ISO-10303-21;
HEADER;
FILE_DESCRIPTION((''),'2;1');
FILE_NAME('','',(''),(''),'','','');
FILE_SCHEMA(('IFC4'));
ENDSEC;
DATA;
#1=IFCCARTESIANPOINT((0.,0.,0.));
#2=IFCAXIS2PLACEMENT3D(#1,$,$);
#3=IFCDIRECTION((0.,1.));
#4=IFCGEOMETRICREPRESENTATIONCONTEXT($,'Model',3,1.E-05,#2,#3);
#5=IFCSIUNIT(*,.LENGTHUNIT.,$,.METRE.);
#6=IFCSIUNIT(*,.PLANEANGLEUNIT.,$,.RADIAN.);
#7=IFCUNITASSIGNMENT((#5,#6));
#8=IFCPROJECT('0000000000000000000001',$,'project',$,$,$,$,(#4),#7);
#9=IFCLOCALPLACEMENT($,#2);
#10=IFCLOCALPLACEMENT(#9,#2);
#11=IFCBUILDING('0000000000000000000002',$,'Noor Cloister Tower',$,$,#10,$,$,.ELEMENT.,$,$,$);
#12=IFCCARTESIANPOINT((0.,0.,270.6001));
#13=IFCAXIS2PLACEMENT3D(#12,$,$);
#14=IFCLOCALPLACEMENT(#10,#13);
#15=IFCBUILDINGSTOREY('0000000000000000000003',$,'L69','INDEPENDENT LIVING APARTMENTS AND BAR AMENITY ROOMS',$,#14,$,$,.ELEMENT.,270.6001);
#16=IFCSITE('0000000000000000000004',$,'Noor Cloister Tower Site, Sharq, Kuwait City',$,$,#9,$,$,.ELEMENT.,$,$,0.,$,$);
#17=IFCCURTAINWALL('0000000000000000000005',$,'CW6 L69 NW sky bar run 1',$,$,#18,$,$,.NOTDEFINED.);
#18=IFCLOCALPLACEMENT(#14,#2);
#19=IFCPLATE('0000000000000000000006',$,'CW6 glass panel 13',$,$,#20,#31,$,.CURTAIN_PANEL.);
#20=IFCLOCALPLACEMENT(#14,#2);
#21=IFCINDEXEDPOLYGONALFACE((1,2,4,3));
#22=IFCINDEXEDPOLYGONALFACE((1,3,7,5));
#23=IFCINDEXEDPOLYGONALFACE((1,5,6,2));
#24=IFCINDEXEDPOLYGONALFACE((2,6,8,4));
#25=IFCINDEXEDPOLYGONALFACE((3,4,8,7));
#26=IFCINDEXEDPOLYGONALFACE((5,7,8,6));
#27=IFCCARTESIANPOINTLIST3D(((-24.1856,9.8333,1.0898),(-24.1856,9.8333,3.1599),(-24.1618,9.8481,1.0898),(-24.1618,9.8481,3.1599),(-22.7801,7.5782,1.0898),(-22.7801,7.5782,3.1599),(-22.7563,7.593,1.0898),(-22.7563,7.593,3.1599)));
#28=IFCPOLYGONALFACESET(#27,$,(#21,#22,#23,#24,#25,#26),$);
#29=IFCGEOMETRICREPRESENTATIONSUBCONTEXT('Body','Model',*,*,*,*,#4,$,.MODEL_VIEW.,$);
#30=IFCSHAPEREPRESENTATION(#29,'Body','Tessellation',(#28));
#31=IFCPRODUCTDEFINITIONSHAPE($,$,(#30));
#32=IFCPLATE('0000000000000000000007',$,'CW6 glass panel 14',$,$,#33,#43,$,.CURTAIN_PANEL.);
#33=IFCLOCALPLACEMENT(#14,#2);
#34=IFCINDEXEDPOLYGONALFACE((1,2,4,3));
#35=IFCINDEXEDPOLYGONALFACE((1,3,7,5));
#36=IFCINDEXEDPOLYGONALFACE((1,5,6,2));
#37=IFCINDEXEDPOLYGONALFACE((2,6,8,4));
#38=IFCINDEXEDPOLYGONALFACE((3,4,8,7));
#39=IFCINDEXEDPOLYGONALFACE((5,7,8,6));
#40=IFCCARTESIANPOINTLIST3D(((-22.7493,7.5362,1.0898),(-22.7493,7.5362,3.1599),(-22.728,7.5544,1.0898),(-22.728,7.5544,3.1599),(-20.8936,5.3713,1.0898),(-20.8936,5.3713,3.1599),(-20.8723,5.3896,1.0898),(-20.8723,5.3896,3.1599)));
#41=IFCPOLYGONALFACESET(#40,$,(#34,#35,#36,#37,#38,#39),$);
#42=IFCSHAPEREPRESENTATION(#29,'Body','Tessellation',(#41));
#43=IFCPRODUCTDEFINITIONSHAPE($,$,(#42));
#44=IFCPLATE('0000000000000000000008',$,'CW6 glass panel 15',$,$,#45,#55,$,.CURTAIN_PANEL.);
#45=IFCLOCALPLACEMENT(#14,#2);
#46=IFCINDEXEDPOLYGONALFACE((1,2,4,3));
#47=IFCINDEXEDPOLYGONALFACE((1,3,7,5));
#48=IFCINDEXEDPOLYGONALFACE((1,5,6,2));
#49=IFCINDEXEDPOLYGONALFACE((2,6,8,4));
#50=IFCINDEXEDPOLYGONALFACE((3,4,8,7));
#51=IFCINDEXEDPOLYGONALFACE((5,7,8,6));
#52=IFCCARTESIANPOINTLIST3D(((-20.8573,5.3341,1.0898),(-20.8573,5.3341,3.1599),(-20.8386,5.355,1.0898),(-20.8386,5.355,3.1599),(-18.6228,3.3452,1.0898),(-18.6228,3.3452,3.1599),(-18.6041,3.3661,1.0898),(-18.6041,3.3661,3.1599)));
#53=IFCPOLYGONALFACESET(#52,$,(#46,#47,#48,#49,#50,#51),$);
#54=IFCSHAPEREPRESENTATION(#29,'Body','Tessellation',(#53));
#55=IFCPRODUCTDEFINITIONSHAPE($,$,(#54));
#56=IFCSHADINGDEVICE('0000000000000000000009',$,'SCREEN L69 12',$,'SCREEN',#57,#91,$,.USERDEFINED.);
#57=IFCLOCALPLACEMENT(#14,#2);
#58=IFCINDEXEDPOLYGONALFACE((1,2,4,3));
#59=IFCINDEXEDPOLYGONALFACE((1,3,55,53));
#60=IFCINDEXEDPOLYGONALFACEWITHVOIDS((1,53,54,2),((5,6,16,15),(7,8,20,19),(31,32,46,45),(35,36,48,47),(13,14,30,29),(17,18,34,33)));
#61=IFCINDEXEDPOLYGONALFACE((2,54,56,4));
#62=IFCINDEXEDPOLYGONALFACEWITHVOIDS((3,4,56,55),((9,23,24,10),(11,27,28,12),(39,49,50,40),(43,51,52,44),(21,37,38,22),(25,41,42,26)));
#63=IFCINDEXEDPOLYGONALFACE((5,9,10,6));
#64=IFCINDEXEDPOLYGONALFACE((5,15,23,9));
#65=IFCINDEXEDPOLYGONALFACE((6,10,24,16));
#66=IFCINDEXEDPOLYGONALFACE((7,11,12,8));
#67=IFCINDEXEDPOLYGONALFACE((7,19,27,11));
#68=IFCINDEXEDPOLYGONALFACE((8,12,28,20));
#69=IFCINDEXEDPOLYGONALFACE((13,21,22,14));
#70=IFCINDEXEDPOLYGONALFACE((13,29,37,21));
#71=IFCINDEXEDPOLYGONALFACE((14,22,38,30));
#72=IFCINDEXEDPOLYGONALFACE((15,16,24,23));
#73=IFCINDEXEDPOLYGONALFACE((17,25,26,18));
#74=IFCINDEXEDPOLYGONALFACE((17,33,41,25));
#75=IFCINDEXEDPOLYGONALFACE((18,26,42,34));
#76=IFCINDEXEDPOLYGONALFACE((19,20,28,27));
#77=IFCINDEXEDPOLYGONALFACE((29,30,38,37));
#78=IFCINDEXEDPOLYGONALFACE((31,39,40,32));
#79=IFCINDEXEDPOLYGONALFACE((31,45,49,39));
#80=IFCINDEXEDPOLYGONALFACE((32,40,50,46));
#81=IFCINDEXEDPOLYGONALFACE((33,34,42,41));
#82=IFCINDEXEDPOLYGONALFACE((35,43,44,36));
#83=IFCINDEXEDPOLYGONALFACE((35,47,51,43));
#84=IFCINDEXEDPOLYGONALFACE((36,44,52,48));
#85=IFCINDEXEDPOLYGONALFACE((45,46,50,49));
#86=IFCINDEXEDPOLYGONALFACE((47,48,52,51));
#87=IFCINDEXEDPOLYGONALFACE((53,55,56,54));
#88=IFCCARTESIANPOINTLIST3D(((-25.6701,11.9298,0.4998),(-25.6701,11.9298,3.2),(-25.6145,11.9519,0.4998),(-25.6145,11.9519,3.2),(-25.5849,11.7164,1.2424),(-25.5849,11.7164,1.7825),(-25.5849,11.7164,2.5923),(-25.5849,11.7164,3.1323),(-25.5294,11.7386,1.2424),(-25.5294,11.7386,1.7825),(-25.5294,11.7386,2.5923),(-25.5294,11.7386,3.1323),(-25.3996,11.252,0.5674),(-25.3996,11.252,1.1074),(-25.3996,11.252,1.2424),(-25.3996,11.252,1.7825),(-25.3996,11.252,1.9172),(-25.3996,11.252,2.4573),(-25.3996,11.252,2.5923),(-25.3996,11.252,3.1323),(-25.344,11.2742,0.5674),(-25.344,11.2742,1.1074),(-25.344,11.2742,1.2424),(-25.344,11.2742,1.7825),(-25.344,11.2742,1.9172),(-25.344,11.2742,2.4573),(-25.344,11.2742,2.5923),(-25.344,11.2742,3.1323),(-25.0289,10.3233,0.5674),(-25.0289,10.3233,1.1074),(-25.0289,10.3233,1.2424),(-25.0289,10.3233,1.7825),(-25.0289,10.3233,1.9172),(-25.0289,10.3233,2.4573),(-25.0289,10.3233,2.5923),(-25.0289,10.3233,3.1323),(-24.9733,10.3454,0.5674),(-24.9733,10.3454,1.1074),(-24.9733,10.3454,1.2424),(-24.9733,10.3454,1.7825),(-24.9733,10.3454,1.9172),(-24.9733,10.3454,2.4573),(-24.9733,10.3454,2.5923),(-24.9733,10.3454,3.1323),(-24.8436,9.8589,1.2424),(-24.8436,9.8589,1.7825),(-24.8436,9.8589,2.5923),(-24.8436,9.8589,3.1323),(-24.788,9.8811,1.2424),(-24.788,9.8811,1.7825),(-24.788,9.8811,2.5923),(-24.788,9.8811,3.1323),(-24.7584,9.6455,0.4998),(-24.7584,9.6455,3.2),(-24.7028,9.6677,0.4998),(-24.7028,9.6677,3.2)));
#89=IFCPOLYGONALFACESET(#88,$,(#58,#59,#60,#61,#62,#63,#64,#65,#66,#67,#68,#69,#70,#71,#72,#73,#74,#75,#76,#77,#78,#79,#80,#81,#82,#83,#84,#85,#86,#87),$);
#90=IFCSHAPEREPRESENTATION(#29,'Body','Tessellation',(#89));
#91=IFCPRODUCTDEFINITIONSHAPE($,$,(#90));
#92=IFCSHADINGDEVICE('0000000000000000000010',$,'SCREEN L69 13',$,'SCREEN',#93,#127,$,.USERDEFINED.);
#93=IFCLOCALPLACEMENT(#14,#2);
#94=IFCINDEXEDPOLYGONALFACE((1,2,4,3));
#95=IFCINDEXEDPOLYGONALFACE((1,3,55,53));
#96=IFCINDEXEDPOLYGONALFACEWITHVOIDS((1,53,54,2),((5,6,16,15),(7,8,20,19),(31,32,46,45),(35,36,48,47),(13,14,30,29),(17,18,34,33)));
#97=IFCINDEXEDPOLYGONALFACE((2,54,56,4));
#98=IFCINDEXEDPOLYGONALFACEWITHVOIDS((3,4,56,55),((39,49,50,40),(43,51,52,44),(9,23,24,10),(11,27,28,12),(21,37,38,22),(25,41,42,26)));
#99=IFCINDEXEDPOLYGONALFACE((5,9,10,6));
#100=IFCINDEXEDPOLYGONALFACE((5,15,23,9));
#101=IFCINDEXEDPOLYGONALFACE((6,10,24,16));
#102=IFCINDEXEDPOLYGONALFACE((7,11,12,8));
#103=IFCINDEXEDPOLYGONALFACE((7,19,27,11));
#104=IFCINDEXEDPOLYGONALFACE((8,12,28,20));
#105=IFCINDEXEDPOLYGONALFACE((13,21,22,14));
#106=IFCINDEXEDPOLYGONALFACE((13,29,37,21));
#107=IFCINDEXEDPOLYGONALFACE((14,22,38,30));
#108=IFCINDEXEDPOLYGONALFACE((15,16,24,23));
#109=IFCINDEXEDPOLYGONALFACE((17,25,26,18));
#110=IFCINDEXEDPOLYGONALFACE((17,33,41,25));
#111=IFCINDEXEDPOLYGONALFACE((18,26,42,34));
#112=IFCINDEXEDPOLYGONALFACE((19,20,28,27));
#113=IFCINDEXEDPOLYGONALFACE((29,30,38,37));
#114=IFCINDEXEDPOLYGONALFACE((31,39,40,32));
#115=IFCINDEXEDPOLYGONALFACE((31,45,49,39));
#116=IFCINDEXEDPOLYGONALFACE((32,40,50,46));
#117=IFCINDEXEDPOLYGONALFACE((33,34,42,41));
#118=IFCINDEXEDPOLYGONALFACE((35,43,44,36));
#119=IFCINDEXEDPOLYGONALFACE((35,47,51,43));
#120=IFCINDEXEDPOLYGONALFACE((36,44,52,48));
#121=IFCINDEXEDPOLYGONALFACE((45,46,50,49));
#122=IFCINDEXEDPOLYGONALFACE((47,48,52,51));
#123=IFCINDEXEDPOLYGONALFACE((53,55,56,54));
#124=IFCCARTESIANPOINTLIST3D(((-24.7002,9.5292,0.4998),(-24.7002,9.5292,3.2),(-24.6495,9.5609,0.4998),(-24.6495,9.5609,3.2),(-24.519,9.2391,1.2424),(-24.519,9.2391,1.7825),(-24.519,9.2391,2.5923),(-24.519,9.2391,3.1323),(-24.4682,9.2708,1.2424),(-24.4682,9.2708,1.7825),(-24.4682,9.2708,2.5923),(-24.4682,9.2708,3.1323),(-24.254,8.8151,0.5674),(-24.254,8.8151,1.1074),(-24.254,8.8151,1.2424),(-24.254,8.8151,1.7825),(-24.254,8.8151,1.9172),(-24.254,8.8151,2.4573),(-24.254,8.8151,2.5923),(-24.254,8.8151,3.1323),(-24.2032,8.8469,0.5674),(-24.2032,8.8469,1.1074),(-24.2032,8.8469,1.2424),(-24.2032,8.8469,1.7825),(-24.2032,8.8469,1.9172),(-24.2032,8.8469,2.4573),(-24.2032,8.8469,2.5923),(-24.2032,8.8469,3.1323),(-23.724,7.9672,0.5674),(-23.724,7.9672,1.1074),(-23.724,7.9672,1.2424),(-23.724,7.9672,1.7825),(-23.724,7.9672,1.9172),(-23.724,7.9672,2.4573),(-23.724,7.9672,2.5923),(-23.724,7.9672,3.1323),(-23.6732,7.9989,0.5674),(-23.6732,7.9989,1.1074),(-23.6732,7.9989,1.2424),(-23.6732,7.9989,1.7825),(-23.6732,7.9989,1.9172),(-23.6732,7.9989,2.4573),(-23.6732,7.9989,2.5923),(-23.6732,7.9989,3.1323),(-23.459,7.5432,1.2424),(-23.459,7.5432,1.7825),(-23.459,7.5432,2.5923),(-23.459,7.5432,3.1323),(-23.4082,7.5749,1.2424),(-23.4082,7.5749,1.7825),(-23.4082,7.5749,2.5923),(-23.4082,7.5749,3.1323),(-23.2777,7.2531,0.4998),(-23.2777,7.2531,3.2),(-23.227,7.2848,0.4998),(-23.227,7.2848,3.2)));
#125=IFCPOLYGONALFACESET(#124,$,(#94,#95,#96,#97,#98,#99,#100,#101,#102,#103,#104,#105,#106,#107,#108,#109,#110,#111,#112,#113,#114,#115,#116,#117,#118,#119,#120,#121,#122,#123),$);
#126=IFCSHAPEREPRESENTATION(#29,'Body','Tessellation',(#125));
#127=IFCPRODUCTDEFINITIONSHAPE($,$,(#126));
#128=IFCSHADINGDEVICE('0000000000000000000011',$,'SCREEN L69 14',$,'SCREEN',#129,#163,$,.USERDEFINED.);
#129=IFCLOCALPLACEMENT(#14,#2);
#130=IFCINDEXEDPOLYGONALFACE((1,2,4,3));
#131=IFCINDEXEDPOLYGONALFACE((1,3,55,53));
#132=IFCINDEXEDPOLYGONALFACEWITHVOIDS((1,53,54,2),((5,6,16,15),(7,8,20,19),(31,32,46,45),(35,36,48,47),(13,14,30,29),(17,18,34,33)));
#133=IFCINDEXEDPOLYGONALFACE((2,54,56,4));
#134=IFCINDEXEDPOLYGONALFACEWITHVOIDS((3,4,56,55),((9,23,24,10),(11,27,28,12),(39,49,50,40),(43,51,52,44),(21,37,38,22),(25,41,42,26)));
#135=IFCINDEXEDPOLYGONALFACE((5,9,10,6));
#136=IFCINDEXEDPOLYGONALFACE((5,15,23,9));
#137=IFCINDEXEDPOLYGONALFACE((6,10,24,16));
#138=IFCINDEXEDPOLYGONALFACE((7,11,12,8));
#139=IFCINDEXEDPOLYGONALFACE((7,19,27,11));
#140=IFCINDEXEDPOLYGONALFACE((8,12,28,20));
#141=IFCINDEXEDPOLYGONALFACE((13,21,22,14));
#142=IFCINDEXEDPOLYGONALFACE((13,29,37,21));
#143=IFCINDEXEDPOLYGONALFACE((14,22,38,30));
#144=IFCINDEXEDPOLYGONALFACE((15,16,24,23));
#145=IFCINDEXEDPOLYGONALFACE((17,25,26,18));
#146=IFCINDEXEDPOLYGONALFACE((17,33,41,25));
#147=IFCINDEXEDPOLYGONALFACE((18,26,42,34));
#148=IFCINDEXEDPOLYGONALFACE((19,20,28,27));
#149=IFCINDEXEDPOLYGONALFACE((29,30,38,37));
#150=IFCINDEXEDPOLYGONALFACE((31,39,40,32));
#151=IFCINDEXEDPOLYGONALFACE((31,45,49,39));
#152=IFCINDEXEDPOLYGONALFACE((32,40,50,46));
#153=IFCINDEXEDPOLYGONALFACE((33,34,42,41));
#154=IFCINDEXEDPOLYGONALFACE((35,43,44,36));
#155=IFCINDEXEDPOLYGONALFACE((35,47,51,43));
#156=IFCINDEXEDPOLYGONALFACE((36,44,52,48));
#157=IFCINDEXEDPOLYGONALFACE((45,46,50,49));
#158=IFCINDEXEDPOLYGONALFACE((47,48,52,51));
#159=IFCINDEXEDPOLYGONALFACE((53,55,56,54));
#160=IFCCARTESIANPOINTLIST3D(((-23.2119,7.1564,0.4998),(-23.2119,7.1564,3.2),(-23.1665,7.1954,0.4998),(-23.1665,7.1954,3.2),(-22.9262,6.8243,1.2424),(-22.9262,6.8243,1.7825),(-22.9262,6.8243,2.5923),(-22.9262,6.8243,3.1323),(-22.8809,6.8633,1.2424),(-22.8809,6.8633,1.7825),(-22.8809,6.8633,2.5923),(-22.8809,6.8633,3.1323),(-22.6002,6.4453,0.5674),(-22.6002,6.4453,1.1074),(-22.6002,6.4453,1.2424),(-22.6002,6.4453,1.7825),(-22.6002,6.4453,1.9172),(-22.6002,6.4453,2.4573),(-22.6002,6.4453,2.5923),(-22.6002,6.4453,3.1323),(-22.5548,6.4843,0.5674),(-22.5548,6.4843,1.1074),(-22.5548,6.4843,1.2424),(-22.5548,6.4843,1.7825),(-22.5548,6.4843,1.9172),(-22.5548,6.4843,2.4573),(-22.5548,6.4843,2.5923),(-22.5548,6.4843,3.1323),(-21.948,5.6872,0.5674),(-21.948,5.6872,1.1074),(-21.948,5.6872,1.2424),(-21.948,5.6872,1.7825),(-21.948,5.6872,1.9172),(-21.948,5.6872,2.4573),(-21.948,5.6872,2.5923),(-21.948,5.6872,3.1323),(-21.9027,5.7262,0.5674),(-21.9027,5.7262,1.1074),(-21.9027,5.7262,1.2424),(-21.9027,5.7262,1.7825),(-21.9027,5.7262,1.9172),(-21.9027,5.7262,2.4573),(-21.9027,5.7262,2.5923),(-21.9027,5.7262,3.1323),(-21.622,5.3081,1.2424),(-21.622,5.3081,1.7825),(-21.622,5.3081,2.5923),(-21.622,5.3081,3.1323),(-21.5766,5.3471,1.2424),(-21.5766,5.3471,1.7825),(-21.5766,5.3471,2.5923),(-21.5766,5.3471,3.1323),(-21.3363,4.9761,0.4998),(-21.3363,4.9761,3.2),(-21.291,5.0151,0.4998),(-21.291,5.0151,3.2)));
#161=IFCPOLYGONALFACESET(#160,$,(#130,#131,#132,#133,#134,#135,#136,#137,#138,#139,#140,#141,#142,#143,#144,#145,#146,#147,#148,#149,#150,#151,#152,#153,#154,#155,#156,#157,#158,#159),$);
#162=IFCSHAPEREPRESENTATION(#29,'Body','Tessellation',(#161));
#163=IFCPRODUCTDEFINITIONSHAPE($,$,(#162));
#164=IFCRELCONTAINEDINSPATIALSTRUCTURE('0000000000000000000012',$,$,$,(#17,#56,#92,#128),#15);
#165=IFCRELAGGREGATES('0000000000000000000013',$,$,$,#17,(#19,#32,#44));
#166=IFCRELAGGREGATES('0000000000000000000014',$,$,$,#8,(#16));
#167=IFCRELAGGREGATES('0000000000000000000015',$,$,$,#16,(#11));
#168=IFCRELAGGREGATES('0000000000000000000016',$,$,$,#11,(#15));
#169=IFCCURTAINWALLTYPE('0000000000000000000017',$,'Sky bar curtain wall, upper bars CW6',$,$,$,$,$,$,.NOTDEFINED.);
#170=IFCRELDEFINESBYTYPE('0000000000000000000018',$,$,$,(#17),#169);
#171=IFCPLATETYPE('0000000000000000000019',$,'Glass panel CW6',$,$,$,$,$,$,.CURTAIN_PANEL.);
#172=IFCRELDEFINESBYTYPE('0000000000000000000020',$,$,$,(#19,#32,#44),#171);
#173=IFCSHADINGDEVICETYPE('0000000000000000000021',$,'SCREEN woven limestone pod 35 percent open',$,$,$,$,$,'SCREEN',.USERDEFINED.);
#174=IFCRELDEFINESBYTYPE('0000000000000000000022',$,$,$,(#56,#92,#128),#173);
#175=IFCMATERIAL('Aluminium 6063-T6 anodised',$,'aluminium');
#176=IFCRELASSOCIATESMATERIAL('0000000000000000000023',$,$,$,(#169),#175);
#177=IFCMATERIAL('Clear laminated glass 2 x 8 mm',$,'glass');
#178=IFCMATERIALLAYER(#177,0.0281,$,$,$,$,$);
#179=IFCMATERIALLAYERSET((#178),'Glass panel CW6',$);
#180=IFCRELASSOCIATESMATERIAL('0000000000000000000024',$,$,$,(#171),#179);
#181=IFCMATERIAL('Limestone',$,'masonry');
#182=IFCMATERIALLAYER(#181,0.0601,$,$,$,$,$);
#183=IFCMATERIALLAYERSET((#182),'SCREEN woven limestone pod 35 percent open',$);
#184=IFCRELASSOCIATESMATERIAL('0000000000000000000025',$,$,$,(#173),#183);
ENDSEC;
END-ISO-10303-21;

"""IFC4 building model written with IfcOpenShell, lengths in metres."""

from ifc_helpers import new_model, si_unit, direction, frame, origin, origin_2d, place, context, subcontext, project, spatial, polyline, rectangle, outline, extrude, material, layer, layer_set, type_object, element, aggregate, save


model = new_model("IFC4")

# Units and contexts
model_context = context("Model", 3, precision=1e-05, world=origin(), true_north=direction((0.0, 1.0)))
body_context = subcontext(model_context, "Body", "Model", "MODEL_VIEW")
ifc_project = project(units=[si_unit("LENGTHUNIT", "METRE"), si_unit("PLANEANGLEUNIT", "RADIAN")], contexts=[model_context])

# Site, building, storey
site_placement = place(None, origin())
site = spatial("IfcSite", under=ifc_project, at=site_placement, Name="Noor Cloister Tower Site, Sharq, Kuwait City", CompositionType="ELEMENT", RefElevation=0.0)
building_placement = place(site_placement, origin())
building = spatial("IfcBuilding", under=site, at=building_placement, Name="Noor Cloister Tower", CompositionType="ELEMENT")
storey_placement = place(building_placement, frame((0.0, 0.0, 270.6001)))
storey = spatial("IfcBuildingStorey", under=building, at=storey_placement, Name="L69", Description="INDEPENDENT LIVING APARTMENTS AND BAR AMENITY ROOMS", CompositionType="ELEMENT", Elevation=270.6001)

# Curtain wall
ifc_material_1 = material(Name="Aluminium 6063-T6 anodised", Category="aluminium")
curtain_wall_type = type_object("IfcCurtainWallType", Name="Sky bar curtain wall, upper bars CW6", PredefinedType="NOTDEFINED", material=ifc_material_1)
curtain_wall_placement = place(storey_placement, origin())
curtain_wall = element("IfcCurtainWall", 1, at=curtain_wall_placement, inside=storey, type_object=curtain_wall_type, Name="CW6 L69 NW sky bar run 1", PredefinedType="NOTDEFINED")

# Plates
ifc_material_2 = material(Name="Clear laminated glass 2 x 8 mm", Category="glass")
ifc_layer_1 = layer(ifc_material_2, 0.0281)
ifc_layer_set_1 = layer_set([ifc_layer_1], Name="Glass panel CW6")
plate_type = type_object("IfcPlateType", Name="Glass panel CW6", PredefinedType="CURTAIN_PANEL", material=ifc_layer_set_1)
plate_1_placement = place(storey_placement, frame((-23.4709, 8.7131, 1.0898), z_axis=(0.0, 0.0, 1.0), x_axis=(0.528931, -0.848665, 0.0)))
plate_1 = element("IfcPlate", 2, at=plate_1_placement, type_object=plate_type, Name="CW6 glass panel 13", PredefinedType="CURTAIN_PANEL", context=body_context, shape_type="SweptSolid", body=[
    extrude(rectangle(XDim=2.6572, YDim=0.0281, at=origin_2d()), origin(), (0.0, 0.0, 1.0), 2.0701),
])
plate_2_placement = place(storey_placement, frame((-21.8108, 6.4629, 1.0898), z_axis=(0.0, 0.0, 1.0), x_axis=(0.650821, -0.759231, 0.0)))
plate_2 = element("IfcPlate", 3, at=plate_2_placement, type_object=plate_type, Name="CW6 glass panel 14", PredefinedType="CURTAIN_PANEL", context=body_context, shape_type="SweptSolid", body=[
    extrude(rectangle(XDim=2.8513, YDim=0.0281, at=origin_2d()), origin(), (0.0, 0.0, 1.0), 2.0701),
])
plate_3_placement = place(storey_placement, frame((-19.7307, 4.3501, 1.0898), z_axis=(0.0, 0.0, 1.0), x_axis=(0.74697, -0.664858, 0.0)))
plate_3 = element("IfcPlate", 4, at=plate_3_placement, type_object=plate_type, Name="CW6 glass panel 15", PredefinedType="CURTAIN_PANEL", context=body_context, shape_type="SweptSolid", body=[
    extrude(rectangle(XDim=2.9915, YDim=0.0281, at=origin_2d()), origin(), (0.0, 0.0, 1.0), 2.0701),
])
aggregate(curtain_wall, [plate_1, plate_2, plate_3])

# Shading devices
ifc_material_3 = material(Name="Limestone", Category="masonry")
ifc_layer_2 = layer(ifc_material_3, 0.0601)
ifc_layer_set_2 = layer_set([ifc_layer_2], Name="SCREEN woven limestone pod 35 percent open")
shading_device_type = type_object("IfcShadingDeviceType", Name="SCREEN woven limestone pod 35 percent open", ElementType="SCREEN", PredefinedType="USERDEFINED", material=ifc_layer_set_2)
shading_device_1_placement = place(storey_placement, frame((-25.1587, 10.8098, 1.8499), z_axis=(-0.928757, -0.370688, 0.0), x_axis=(0.370688, -0.928757, 0.0)))
element("IfcShadingDevice", 5, at=shading_device_1_placement, inside=storey, type_object=shading_device_type, Name="SCREEN L69 12", ObjectType="SCREEN", PredefinedType="USERDEFINED", context=body_context, shape_type="SweptSolid", body=[
    extrude(outline(polyline([(-1.2297, -1.3501), (1.2297, -1.3501), (1.2297, 1.3501), (-1.2297, 1.3501), (-1.2297, -1.3501)]), holes=[polyline([(-0.5, -1.2825), (0.5, -1.2825), (0.5, -0.7424), (-0.5, -0.7424), (-0.5, -1.2825)]), polyline([(-1.0, -0.6074), (-0.5, -0.6074), (-0.5, -0.0674), (-1.0, -0.0674), (-1.0, -0.6074)]), polyline([(0.5, -0.6074), (1.0, -0.6074), (1.0, -0.0674), (0.5, -0.0674), (0.5, -0.6074)]), polyline([(-0.5, 0.0674), (0.5, 0.0674), (0.5, 0.6074), (-0.5, 0.6074), (-0.5, 0.0674)]), polyline([(-1.0, 0.7424), (-0.5, 0.7424), (-0.5, 1.2825), (-1.0, 1.2825), (-1.0, 0.7424)]), polyline([(0.5, 0.7424), (1.0, 0.7424), (1.0, 1.2825), (0.5, 1.2825), (0.5, 0.7424)])]), origin(), (0.0, 0.0, 1.0), 0.0598),
])
shading_device_2_placement = place(storey_placement, frame((-23.9382, 8.4229, 1.8499), z_axis=(-0.847998, -0.529999, 0.0), x_axis=(0.529999, -0.847998, 0.0)))
element("IfcShadingDevice", 6, at=shading_device_2_placement, inside=storey, type_object=shading_device_type, Name="SCREEN L69 13", ObjectType="SCREEN", PredefinedType="USERDEFINED", context=body_context, shape_type="SweptSolid", body=[
    extrude(outline(polyline([(-1.342, -1.3501), (1.342, -1.3501), (1.342, 1.3501), (-1.342, 1.3501), (-1.342, -1.3501)]), holes=[polyline([(-0.5, -1.2825), (0.5, -1.2825), (0.5, -0.7424), (-0.5, -0.7424), (-0.5, -1.2825)]), polyline([(-1.0, -0.6074), (-0.5, -0.6074), (-0.5, -0.0674), (-1.0, -0.0674), (-1.0, -0.6074)]), polyline([(0.5, -0.6074), (1.0, -0.6074), (1.0, -0.0674), (0.5, -0.0674), (0.5, -0.6074)]), polyline([(-0.5, 0.0674), (0.5, 0.0674), (0.5, 0.6074), (-0.5, 0.6074), (-0.5, 0.0674)]), polyline([(-1.0, 0.7424), (-0.5, 0.7424), (-0.5, 1.2825), (-1.0, 1.2825), (-1.0, 0.7424)]), polyline([(0.5, 0.7424), (1.0, 0.7424), (1.0, 1.2825), (0.5, 1.2825), (0.5, 0.7424)])]), origin(), (0.0, 0.0, 1.0), 0.0598),
])
shading_device_3_placement = place(storey_placement, frame((-22.2288, 6.1052, 1.8499), z_axis=(-0.758105, -0.652133, 0.0), x_axis=(0.652133, -0.758105, 0.0)))
element("IfcShadingDevice", 7, at=shading_device_3_placement, inside=storey, type_object=shading_device_type, Name="SCREEN L69 14", ObjectType="SCREEN", PredefinedType="USERDEFINED", context=body_context, shape_type="SweptSolid", body=[
    extrude(outline(polyline([(-1.438, -1.3501), (1.438, -1.3501), (1.438, 1.3501), (-1.438, 1.3501), (-1.438, -1.3501)]), holes=[polyline([(-0.5, -1.2825), (0.5, -1.2825), (0.5, -0.7424), (-0.5, -0.7424), (-0.5, -1.2825)]), polyline([(-1.0, -0.6074), (-0.5, -0.6074), (-0.5, -0.0674), (-1.0, -0.0674), (-1.0, -0.6074)]), polyline([(0.5, -0.6074), (1.0, -0.6074), (1.0, -0.0674), (0.5, -0.0674), (0.5, -0.6074)]), polyline([(-0.5, 0.0674), (0.5, 0.0674), (0.5, 0.6074), (-0.5, 0.6074), (-0.5, 0.0674)]), polyline([(-1.0, 0.7424), (-0.5, 0.7424), (-0.5, 1.2825), (-1.0, 1.2825), (-1.0, 0.7424)]), polyline([(0.5, 0.7424), (1.0, 0.7424), (1.0, 1.2825), (0.5, 1.2825), (0.5, 0.7424)])]), origin(), (0.0, 0.0, 1.0), 0.0598),
])

save(model, "model.ifc")
